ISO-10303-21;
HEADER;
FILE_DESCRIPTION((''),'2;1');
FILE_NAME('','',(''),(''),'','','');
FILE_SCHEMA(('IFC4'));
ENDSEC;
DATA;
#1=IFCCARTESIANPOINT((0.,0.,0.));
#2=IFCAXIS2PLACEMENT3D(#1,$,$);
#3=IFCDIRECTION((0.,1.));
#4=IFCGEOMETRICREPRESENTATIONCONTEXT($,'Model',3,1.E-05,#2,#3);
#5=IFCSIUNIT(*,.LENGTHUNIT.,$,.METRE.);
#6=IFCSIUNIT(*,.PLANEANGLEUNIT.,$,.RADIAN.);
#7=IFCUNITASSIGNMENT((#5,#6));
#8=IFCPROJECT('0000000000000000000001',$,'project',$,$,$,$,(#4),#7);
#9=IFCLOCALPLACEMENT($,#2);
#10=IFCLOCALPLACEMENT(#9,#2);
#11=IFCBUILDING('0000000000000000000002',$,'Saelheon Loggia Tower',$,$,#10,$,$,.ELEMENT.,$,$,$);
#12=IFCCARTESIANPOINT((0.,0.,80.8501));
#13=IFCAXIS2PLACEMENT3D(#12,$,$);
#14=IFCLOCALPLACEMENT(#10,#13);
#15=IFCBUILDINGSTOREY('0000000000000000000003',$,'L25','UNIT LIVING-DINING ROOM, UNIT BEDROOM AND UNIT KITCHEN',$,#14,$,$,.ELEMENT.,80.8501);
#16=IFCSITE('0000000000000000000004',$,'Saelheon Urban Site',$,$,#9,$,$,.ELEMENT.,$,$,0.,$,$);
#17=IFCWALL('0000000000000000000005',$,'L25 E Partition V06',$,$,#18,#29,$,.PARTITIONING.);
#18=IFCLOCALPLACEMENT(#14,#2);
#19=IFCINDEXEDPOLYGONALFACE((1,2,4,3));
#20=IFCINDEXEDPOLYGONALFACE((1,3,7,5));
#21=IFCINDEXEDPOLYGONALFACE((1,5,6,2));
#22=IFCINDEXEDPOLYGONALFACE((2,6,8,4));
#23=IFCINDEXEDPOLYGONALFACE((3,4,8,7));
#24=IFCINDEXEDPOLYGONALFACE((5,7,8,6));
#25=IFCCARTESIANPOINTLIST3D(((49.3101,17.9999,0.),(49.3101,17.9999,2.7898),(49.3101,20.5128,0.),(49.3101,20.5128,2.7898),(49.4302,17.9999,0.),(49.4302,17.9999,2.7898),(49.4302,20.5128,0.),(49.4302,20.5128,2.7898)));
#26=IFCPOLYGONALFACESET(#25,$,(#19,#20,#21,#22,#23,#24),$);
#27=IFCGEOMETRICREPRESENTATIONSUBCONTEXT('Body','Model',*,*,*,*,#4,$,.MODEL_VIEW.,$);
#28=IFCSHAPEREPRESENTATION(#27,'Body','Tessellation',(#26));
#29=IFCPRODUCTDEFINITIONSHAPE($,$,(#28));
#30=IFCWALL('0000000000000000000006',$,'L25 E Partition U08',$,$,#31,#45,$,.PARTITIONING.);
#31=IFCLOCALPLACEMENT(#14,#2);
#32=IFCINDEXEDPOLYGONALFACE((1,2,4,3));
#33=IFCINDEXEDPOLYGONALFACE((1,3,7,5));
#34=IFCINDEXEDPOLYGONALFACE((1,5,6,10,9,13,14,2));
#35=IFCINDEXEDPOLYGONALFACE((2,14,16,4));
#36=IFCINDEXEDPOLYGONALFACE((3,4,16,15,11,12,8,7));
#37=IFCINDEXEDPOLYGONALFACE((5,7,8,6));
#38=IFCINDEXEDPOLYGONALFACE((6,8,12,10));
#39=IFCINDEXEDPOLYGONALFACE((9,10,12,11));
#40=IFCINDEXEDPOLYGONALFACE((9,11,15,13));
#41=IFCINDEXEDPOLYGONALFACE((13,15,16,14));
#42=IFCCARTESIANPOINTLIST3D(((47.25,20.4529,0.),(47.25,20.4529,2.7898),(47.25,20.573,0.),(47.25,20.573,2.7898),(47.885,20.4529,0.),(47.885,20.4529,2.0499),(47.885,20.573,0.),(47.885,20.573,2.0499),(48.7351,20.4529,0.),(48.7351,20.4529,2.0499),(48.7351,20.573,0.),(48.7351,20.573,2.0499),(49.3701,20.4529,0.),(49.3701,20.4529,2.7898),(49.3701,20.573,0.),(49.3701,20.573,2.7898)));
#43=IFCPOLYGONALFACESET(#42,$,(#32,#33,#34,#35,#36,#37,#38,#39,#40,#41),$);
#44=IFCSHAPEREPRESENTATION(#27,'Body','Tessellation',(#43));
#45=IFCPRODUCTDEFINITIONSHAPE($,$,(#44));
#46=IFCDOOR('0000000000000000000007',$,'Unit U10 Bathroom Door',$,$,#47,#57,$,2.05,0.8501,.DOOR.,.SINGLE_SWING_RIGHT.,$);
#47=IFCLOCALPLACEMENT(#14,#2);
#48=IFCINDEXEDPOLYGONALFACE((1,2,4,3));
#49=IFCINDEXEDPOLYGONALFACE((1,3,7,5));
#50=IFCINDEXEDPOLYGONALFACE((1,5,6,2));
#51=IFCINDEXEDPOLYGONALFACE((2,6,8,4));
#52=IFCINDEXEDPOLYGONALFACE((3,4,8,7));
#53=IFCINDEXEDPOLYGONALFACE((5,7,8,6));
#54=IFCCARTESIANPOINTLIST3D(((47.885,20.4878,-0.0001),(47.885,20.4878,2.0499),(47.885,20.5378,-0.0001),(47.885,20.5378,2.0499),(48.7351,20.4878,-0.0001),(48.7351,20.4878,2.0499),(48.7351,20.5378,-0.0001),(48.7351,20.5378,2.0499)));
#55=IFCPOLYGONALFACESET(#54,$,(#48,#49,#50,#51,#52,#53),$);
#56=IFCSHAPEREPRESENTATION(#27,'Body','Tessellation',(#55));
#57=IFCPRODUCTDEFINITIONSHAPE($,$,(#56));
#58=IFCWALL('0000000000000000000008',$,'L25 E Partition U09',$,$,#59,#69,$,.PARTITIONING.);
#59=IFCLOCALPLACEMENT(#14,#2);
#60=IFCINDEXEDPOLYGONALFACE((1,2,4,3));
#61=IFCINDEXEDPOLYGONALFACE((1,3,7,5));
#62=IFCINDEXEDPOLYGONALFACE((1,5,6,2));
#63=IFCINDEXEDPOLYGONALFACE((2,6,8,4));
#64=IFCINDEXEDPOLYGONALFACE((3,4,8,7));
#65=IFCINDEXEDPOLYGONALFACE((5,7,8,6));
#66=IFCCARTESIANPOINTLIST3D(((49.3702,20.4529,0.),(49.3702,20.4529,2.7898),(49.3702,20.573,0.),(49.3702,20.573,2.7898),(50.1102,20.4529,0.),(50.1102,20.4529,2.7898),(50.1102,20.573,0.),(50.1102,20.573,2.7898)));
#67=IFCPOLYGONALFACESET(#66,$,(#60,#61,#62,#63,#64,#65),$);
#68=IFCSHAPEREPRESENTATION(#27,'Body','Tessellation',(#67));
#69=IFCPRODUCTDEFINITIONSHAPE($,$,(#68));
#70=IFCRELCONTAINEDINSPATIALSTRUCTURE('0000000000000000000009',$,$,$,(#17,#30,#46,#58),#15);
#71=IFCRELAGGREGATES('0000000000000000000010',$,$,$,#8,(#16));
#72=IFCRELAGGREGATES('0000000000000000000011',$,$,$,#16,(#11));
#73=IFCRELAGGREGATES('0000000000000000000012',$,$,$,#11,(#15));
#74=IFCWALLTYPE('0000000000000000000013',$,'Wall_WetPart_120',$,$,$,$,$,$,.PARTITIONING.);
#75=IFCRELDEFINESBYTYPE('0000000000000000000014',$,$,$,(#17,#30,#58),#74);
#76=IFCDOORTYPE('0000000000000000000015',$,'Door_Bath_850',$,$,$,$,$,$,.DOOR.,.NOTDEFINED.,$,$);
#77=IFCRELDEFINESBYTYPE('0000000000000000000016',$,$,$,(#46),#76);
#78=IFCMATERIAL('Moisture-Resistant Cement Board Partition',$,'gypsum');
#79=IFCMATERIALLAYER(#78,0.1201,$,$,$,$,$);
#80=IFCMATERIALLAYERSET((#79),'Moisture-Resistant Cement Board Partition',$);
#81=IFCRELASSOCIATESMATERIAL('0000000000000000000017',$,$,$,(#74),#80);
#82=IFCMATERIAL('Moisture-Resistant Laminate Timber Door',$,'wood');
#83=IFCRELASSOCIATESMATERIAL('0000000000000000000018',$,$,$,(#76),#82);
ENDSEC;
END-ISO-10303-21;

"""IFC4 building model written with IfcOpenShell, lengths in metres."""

from ifc_helpers import new_model, si_unit, direction, frame, frame_2d, origin, place, context, subcontext, project, spatial, rectangle, extrude, source, transform, mapped, material, layer, layer_set, type_object, element, fill, save


model = new_model("IFC4")

# Units and contexts
model_context = context("Model", 3, precision=1e-05, world=origin(), true_north=direction((0.0, 1.0)))
body_context = subcontext(model_context, "Body", "Model", "MODEL_VIEW")
ifc_project = project(units=[si_unit("LENGTHUNIT", "METRE"), si_unit("PLANEANGLEUNIT", "RADIAN")], contexts=[model_context])

# Site, building, storey
site_placement = place(None, origin())
site = spatial("IfcSite", under=ifc_project, at=site_placement, Name="Saelheon Urban Site", CompositionType="ELEMENT", RefElevation=0.0)
building_placement = place(site_placement, origin())
building = spatial("IfcBuilding", under=site, at=building_placement, Name="Saelheon Loggia Tower", CompositionType="ELEMENT")
storey_placement = place(building_placement, frame((0.0, 0.0, 80.8501)))
storey = spatial("IfcBuildingStorey", under=building, at=storey_placement, Name="L25", Description="UNIT LIVING-DINING ROOM, UNIT BEDROOM AND UNIT KITCHEN", CompositionType="ELEMENT", Elevation=80.8501)

# Wall
ifc_material_1 = material(Name="Moisture-Resistant Cement Board Partition", Category="gypsum")
ifc_layer_1 = layer(ifc_material_1, 0.1201)
ifc_layer_set_1 = layer_set([ifc_layer_1], Name="Moisture-Resistant Cement Board Partition")
wall_type_1 = type_object("IfcWallType", Name="Wall_WetPart_120", PredefinedType="PARTITIONING", material=ifc_layer_set_1)
wall_1_placement = place(storey_placement, frame((49.3701, 18.0, 0.0), z_axis=(0.0, 0.0, 1.0), x_axis=(0.0, 1.0, 0.0)))
element("IfcWall", 1, at=wall_1_placement, inside=storey, type_object=wall_type_1, Name="L25 E Partition V06", PredefinedType="PARTITIONING", context=body_context, shape_type="SweptSolid", body=[
    extrude(rectangle(XDim=2.5129, YDim=0.1201, at=frame_2d((1.2563, 0.0))), origin(), (0.0, 0.0, 1.0), 2.7898),
])

# Wall, opening, door
wall_2_placement = place(storey_placement, frame((47.25, 20.5129, 0.0), z_axis=(0.0, 0.0, 1.0), x_axis=(1.0, 0.0, 0.0)))
wall_2 = element("IfcWall", 2, at=wall_2_placement, inside=storey, type_object=wall_type_1, Name="L25 E Partition U08", PredefinedType="PARTITIONING", context=body_context, shape_type="SweptSolid", body=[
    extrude(rectangle(XDim=2.1201, YDim=0.1201, at=frame_2d((1.0601, 0.0))), origin(), (0.0, 0.0, 1.0), 2.7898),
])
opening_1_placement = place(wall_2_placement, frame((0.635, 0.0, 0.0)))
opening_1 = element("IfcOpeningElement", 3, at=opening_1_placement, cuts=wall_2, PredefinedType="OPENING", context=body_context, shape_type="SweptSolid", body=[
    extrude(rectangle(XDim=0.8501, YDim=2.05, at=frame_2d((0.425, 1.0249))), frame((0.0, 0.072, 0.0), z_axis=(0.0, -1.0, 0.0), x_axis=(1.0, 0.0, 0.0)), (0.0, 0.0, 1.0), 0.144),
])
ifc_material_2 = material(Name="Moisture-Resistant Laminate Timber Door", Category="wood")
door_type_1 = type_object("IfcDoorType", Name="Door_Bath_850", OperationType="NOTDEFINED", PredefinedType="DOOR", material=ifc_material_2)
shared_shape_1 = source(origin(), body_context, "Body", "SweptSolid", [
    extrude(rectangle(XDim=0.8501, YDim=2.05, at=frame_2d((0.425, 1.0249))), frame((0.0, 0.0249, 0.0), z_axis=(0.0, -1.0, 0.0), x_axis=(1.0, 0.0, 0.0)), (0.0, 0.0, 1.0), 0.05),
])
door_1_placement = place(opening_1_placement, origin())
door_1 = element("IfcDoor", 4, at=door_1_placement, inside=storey, type_object=door_type_1, Name="Unit U10 Bathroom Door", OperationType="SINGLE_SWING_RIGHT", OverallHeight=2.05, OverallWidth=0.8501, PredefinedType="DOOR", context=body_context, shape_type="MappedRepresentation", body=[
    mapped(shared_shape_1, transform((0.0, 0.0, 0.0), scale=1.0)),
])
fill(opening_1, door_1)

# Wall
wall_3_placement = place(storey_placement, frame((49.3701, 20.5129, 0.0), z_axis=(0.0, 0.0, 1.0), x_axis=(1.0, 0.0, 0.0)))
element("IfcWall", 5, at=wall_3_placement, inside=storey, type_object=wall_type_1, Name="L25 E Partition U09", PredefinedType="PARTITIONING", context=body_context, shape_type="SweptSolid", body=[
    extrude(rectangle(XDim=0.74, YDim=0.1201, at=frame_2d((0.3701, 0.0))), origin(), (0.0, 0.0, 1.0), 2.7898),
])

save(model, "model.ifc")
